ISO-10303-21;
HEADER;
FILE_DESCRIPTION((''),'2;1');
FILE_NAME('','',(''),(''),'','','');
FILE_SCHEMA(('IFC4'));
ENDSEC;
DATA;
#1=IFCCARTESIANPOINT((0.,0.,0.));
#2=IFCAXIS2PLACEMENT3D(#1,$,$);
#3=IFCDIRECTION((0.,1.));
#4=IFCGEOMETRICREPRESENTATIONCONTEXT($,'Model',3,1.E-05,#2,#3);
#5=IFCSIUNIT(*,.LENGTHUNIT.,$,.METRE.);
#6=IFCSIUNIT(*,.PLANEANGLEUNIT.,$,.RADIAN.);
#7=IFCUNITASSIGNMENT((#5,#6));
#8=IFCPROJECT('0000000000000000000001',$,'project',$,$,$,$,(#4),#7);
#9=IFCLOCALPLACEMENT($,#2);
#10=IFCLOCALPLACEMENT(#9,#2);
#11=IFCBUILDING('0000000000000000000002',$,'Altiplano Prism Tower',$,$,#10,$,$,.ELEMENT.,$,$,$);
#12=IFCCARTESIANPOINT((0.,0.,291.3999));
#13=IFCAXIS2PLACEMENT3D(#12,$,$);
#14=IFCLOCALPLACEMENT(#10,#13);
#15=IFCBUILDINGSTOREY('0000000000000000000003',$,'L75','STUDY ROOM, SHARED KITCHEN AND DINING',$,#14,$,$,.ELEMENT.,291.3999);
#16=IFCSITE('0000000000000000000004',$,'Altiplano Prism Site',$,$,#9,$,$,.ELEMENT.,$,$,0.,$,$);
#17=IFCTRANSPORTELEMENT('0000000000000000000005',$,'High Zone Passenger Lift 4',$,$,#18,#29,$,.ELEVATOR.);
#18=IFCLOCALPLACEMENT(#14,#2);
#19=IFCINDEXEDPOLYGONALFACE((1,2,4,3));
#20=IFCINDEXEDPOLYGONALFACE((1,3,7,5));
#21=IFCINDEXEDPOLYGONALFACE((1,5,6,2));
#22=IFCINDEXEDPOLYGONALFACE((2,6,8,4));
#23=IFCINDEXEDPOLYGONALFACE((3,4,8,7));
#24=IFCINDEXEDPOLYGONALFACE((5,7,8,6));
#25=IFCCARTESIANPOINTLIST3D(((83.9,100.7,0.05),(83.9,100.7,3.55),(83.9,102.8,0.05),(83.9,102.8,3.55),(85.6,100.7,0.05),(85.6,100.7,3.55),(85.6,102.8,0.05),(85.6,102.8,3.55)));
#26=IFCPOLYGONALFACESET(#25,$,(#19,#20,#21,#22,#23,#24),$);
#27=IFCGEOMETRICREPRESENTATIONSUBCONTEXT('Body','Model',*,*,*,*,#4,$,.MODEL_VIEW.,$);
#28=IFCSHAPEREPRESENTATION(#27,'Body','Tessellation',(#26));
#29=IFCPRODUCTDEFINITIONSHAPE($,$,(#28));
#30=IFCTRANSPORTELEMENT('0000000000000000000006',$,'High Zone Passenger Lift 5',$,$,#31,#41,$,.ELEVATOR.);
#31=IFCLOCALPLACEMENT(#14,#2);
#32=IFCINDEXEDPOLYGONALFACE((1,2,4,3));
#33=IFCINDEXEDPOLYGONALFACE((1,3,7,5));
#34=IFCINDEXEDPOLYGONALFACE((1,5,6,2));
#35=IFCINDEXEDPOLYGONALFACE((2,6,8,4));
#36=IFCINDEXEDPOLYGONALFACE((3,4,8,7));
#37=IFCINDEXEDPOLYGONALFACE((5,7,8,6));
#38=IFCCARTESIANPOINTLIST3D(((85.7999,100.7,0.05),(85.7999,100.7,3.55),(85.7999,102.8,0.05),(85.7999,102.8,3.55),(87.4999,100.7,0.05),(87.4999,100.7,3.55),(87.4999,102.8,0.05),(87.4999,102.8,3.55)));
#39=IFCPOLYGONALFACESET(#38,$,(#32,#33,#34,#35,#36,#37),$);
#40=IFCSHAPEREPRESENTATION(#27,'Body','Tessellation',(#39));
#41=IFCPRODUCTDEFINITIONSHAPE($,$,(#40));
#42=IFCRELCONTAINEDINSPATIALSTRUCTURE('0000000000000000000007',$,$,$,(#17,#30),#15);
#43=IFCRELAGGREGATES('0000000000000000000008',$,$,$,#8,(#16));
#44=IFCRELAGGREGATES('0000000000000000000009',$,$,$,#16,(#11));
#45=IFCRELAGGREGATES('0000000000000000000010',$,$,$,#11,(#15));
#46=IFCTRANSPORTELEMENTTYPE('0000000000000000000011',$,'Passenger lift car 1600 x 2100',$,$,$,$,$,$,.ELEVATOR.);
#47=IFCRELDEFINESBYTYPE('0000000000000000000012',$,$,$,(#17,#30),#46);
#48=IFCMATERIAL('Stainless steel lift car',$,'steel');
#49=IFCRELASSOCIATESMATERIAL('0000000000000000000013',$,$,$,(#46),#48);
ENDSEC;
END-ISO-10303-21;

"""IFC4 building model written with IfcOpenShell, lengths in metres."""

from ifc_helpers import new_model, si_unit, direction, frame, origin, origin_2d, place, context, subcontext, project, spatial, rectangle, extrude, material, type_object, element, save


model = new_model("IFC4")

# Units and contexts
model_context = context("Model", 3, precision=1e-05, world=origin(), true_north=direction((0.0, 1.0)))
body_context = subcontext(model_context, "Body", "Model", "MODEL_VIEW")
ifc_project = project(units=[si_unit("LENGTHUNIT", "METRE"), si_unit("PLANEANGLEUNIT", "RADIAN")], contexts=[model_context])

# Site, building, storey
site_placement = place(None, origin())
site = spatial("IfcSite", under=ifc_project, at=site_placement, Name="Altiplano Prism Site", CompositionType="ELEMENT", RefElevation=0.0)
building_placement = place(site_placement, origin())
building = spatial("IfcBuilding", under=site, at=building_placement, Name="Altiplano Prism Tower", CompositionType="ELEMENT")
storey_placement = place(building_placement, frame((0.0, 0.0, 291.3999)))
storey = spatial("IfcBuildingStorey", under=building, at=storey_placement, Name="L75", Description="STUDY ROOM, SHARED KITCHEN AND DINING", CompositionType="ELEMENT", Elevation=291.3999)

# Transport elements
ifc_material_1 = material(Name="Stainless steel lift car", Category="steel")
transport_element_type = type_object("IfcTransportElementType", Name="Passenger lift car 1600 x 2100", PredefinedType="ELEVATOR", material=ifc_material_1)
for number, where, z_axis, x_axis, name in (
    (1, (84.75, 101.75, 0.05), (0.0, 0.0, 1.0), (1.0, 0.0, 0.0), "High Zone Passenger Lift 4"),
    (2, (86.6499, 101.75, 0.05), (0.0, 0.0, 1.0), (1.0, 0.0, 0.0), "High Zone Passenger Lift 5"),
):
    element("IfcTransportElement", number, at=place(storey_placement, frame(where, z_axis=z_axis, x_axis=x_axis)), inside=storey, type_object=transport_element_type, Name=name, PredefinedType="ELEVATOR", context=body_context, shape_type="SweptSolid", body=[
        extrude(rectangle(XDim=1.7, YDim=2.1001, at=origin_2d()), origin(), (0.0, 0.0, 1.0), 3.5),
    ])

save(model, "model.ifc")
